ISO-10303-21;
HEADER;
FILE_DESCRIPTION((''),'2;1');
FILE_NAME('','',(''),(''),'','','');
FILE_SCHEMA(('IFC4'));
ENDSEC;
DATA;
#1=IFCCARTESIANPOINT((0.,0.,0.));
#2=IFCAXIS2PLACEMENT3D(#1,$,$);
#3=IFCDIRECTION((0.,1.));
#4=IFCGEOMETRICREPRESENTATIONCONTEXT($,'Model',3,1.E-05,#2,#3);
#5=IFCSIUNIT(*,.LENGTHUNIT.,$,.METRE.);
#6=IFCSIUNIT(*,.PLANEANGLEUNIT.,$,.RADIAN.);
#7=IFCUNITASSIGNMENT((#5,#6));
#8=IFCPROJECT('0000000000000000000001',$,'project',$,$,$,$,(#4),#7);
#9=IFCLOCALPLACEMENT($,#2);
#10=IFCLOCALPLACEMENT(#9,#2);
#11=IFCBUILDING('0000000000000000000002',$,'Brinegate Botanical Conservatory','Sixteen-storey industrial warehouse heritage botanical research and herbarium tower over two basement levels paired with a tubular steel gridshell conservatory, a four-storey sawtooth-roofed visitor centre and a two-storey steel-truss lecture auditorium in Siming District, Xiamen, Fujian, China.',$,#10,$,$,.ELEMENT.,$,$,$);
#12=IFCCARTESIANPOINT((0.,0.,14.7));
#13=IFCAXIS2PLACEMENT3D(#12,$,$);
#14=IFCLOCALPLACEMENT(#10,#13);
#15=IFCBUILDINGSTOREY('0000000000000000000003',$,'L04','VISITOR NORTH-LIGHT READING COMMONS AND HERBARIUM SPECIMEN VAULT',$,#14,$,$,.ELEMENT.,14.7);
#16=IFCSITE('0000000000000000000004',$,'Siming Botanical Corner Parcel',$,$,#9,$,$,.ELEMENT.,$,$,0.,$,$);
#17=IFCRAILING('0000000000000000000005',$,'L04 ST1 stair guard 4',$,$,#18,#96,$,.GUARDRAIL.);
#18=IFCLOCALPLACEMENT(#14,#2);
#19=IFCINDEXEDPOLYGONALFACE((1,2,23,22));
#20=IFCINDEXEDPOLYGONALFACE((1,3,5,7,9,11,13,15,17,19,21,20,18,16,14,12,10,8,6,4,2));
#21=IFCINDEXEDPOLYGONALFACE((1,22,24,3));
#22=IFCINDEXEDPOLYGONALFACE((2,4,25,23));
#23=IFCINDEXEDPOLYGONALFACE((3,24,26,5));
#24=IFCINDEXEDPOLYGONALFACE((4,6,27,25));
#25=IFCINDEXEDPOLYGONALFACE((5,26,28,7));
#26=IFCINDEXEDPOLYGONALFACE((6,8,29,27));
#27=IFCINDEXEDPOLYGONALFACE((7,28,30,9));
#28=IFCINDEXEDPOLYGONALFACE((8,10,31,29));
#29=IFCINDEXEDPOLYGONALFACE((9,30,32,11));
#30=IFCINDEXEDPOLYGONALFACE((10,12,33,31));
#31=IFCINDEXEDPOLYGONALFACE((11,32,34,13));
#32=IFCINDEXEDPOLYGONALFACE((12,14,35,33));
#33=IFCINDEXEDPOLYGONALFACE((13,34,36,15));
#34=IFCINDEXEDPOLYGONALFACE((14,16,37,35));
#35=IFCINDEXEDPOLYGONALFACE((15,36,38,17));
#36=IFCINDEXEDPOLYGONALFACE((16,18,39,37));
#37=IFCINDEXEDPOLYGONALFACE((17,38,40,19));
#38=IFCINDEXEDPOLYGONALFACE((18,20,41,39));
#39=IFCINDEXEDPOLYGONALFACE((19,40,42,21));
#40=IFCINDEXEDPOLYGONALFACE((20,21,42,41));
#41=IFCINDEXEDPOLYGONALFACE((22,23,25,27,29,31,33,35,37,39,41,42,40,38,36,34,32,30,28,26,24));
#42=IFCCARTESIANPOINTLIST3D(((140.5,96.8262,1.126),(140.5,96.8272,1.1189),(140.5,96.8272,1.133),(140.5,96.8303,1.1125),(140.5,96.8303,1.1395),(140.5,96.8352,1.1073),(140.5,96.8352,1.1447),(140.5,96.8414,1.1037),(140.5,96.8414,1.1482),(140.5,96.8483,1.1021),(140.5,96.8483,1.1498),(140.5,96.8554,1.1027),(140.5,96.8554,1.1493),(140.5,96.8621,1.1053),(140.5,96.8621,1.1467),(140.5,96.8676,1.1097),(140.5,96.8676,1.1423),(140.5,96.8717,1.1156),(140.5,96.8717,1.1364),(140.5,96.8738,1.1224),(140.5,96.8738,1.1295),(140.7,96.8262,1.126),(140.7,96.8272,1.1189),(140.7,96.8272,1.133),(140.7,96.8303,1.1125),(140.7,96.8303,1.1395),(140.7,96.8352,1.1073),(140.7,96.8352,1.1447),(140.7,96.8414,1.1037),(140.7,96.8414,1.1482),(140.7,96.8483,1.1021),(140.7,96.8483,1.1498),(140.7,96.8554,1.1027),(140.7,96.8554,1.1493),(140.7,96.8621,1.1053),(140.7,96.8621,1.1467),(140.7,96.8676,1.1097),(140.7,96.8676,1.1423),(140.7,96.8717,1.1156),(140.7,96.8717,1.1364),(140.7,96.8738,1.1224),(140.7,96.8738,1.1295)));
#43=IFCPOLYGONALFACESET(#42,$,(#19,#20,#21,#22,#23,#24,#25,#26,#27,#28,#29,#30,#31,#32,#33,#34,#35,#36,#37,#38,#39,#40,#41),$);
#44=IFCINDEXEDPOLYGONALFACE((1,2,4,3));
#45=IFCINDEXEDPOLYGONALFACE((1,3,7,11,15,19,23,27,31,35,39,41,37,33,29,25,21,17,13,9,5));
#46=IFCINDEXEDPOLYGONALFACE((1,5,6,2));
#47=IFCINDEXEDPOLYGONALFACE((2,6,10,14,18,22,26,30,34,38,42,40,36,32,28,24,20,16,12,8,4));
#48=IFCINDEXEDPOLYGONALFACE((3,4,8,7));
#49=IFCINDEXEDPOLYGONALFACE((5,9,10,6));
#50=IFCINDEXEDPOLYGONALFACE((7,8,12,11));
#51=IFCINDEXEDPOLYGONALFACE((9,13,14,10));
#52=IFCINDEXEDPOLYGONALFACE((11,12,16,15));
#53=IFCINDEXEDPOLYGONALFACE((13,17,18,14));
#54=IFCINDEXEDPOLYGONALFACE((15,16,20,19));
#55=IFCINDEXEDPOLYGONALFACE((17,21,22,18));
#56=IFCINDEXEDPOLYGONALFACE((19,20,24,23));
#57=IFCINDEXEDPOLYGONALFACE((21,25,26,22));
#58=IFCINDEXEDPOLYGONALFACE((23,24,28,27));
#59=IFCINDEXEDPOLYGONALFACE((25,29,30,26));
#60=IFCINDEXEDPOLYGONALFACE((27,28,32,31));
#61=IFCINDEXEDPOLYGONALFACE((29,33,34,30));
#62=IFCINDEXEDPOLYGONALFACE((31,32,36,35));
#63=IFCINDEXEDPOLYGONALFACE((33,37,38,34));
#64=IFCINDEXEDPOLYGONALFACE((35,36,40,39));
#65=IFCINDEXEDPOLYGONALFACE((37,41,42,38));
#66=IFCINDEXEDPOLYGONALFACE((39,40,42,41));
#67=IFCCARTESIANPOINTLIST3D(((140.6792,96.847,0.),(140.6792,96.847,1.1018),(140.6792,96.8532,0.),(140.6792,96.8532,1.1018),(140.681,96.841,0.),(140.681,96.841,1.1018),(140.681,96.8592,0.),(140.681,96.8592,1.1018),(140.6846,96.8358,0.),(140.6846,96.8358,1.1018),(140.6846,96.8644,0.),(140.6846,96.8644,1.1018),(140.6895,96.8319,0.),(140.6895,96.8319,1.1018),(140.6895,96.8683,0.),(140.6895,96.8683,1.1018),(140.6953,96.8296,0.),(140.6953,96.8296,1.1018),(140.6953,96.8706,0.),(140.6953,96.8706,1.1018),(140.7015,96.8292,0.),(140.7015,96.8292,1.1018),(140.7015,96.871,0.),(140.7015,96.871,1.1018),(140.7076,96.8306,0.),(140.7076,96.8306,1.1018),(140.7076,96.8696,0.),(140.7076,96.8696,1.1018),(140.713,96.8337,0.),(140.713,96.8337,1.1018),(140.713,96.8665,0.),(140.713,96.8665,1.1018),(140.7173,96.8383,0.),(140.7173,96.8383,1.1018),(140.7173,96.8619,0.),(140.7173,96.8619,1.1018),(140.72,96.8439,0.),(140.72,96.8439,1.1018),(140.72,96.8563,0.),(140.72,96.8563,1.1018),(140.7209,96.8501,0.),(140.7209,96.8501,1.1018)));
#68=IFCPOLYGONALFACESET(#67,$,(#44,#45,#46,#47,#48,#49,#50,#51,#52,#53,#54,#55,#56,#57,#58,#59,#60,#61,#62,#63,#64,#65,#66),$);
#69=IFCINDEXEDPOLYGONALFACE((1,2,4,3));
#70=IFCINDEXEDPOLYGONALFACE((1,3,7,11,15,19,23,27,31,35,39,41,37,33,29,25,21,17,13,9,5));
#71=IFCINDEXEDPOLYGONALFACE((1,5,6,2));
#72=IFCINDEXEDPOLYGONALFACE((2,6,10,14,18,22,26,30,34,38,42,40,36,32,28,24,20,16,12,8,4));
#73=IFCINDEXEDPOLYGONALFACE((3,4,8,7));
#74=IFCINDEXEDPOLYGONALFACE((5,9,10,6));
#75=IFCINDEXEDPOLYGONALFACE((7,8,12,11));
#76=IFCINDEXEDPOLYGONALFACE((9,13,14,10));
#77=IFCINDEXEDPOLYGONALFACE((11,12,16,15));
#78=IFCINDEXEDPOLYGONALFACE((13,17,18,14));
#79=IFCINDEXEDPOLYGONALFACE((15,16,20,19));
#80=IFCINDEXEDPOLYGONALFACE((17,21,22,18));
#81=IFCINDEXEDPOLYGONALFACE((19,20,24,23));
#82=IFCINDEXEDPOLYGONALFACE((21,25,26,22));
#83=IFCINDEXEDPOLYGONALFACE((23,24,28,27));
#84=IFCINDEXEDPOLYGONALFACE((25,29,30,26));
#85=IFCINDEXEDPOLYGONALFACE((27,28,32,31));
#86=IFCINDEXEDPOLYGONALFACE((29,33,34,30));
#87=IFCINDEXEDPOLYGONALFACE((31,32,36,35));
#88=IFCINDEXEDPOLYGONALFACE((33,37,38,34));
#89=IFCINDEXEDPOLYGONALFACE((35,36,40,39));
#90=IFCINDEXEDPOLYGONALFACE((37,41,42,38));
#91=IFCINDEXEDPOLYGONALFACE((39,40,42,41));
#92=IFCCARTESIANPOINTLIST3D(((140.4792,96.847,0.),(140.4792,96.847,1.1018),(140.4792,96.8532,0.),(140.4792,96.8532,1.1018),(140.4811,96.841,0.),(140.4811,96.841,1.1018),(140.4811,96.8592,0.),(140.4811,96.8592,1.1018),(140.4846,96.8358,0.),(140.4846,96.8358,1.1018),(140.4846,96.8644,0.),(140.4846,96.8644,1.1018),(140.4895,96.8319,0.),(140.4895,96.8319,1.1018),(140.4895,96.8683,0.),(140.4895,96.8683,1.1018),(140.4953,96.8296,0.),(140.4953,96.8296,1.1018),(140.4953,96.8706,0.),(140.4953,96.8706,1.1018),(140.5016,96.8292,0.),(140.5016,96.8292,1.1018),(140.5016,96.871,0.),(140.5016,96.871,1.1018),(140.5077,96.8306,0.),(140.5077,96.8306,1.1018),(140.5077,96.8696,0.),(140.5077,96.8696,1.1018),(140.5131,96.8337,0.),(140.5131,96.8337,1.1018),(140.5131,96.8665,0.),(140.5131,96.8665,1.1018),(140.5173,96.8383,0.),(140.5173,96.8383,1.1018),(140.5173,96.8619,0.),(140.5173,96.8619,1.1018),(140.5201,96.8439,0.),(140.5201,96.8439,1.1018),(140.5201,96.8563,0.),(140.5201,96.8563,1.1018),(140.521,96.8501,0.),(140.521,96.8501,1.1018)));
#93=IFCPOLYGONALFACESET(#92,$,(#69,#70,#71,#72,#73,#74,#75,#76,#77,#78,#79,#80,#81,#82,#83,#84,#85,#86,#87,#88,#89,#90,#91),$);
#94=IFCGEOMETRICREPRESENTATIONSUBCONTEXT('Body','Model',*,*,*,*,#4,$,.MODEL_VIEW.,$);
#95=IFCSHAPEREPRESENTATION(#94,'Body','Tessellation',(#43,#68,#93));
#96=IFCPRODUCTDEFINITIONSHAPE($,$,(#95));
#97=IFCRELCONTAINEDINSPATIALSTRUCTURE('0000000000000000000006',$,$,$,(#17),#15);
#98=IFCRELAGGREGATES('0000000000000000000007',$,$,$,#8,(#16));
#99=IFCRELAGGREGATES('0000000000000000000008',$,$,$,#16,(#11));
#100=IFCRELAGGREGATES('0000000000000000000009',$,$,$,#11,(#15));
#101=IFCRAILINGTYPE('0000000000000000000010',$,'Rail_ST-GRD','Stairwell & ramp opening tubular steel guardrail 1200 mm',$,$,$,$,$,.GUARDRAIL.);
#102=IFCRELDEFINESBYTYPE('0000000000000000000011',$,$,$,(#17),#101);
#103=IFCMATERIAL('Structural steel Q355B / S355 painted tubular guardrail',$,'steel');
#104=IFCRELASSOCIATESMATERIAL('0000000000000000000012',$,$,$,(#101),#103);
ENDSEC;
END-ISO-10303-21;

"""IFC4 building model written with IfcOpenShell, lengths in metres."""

from ifc_helpers import new_model, si_unit, direction, frame, origin, origin_2d, place, context, subcontext, project, spatial, circle, extrude, material, type_object, element, save


model = new_model("IFC4")

# Units and contexts
model_context = context("Model", 3, precision=1e-05, world=origin(), true_north=direction((0.0, 1.0)))
body_context = subcontext(model_context, "Body", "Model", "MODEL_VIEW")
ifc_project = project(units=[si_unit("LENGTHUNIT", "METRE"), si_unit("PLANEANGLEUNIT", "RADIAN")], contexts=[model_context])

# Site, building, storey
site_placement = place(None, origin())
site = spatial("IfcSite", under=ifc_project, at=site_placement, Name="Siming Botanical Corner Parcel", CompositionType="ELEMENT", RefElevation=0.0)
building_placement = place(site_placement, origin())
building = spatial("IfcBuilding", under=site, at=building_placement, Name="Brinegate Botanical Conservatory", Description="Sixteen-storey industrial warehouse heritage botanical research and herbarium tower over two basement levels paired with a tubular steel gridshell conservatory, a four-storey sawtooth-roofed visitor centre and a two-storey steel-truss lecture auditorium in Siming District, Xiamen, Fujian, China.", CompositionType="ELEMENT")
storey_placement = place(building_placement, frame((0.0, 0.0, 14.7)))
storey = spatial("IfcBuildingStorey", under=building, at=storey_placement, Name="L04", Description="VISITOR NORTH-LIGHT READING COMMONS AND HERBARIUM SPECIMEN VAULT", CompositionType="ELEMENT", Elevation=14.7)

# Railing
ifc_material_1 = material(Name="Structural steel Q355B / S355 painted tubular guardrail", Category="steel")
railing_type_1 = type_object("IfcRailingType", Name="Rail_ST-GRD", Description="Stairwell & ramp opening tubular steel guardrail 1200 mm", PredefinedType="GUARDRAIL", material=ifc_material_1)
railing_1_placement = place(storey_placement, frame((140.7, 96.8501, 0.0)))
element("IfcRailing", 1, at=railing_1_placement, inside=storey, type_object=railing_type_1, Name="L04 ST1 stair guard 4", PredefinedType="GUARDRAIL", context=body_context, shape_type="SweptSolid", body=[
    extrude(circle(Radius=0.0239, at=origin_2d()), frame((0.0, 0.0, 1.126), z_axis=(-1.0, 0.0, 0.0), x_axis=(0.0, -1.0, 0.0)), (0.0, 0.0, 1.0), 0.2),
    extrude(circle(Radius=0.021, at=origin_2d()), origin(), (0.0, 0.0, 1.0), 1.1018),
    extrude(circle(Radius=0.021, at=origin_2d()), frame((-0.2, 0.0, 0.0)), (0.0, 0.0, 1.0), 1.1018),
])

save(model, "model.ifc")
